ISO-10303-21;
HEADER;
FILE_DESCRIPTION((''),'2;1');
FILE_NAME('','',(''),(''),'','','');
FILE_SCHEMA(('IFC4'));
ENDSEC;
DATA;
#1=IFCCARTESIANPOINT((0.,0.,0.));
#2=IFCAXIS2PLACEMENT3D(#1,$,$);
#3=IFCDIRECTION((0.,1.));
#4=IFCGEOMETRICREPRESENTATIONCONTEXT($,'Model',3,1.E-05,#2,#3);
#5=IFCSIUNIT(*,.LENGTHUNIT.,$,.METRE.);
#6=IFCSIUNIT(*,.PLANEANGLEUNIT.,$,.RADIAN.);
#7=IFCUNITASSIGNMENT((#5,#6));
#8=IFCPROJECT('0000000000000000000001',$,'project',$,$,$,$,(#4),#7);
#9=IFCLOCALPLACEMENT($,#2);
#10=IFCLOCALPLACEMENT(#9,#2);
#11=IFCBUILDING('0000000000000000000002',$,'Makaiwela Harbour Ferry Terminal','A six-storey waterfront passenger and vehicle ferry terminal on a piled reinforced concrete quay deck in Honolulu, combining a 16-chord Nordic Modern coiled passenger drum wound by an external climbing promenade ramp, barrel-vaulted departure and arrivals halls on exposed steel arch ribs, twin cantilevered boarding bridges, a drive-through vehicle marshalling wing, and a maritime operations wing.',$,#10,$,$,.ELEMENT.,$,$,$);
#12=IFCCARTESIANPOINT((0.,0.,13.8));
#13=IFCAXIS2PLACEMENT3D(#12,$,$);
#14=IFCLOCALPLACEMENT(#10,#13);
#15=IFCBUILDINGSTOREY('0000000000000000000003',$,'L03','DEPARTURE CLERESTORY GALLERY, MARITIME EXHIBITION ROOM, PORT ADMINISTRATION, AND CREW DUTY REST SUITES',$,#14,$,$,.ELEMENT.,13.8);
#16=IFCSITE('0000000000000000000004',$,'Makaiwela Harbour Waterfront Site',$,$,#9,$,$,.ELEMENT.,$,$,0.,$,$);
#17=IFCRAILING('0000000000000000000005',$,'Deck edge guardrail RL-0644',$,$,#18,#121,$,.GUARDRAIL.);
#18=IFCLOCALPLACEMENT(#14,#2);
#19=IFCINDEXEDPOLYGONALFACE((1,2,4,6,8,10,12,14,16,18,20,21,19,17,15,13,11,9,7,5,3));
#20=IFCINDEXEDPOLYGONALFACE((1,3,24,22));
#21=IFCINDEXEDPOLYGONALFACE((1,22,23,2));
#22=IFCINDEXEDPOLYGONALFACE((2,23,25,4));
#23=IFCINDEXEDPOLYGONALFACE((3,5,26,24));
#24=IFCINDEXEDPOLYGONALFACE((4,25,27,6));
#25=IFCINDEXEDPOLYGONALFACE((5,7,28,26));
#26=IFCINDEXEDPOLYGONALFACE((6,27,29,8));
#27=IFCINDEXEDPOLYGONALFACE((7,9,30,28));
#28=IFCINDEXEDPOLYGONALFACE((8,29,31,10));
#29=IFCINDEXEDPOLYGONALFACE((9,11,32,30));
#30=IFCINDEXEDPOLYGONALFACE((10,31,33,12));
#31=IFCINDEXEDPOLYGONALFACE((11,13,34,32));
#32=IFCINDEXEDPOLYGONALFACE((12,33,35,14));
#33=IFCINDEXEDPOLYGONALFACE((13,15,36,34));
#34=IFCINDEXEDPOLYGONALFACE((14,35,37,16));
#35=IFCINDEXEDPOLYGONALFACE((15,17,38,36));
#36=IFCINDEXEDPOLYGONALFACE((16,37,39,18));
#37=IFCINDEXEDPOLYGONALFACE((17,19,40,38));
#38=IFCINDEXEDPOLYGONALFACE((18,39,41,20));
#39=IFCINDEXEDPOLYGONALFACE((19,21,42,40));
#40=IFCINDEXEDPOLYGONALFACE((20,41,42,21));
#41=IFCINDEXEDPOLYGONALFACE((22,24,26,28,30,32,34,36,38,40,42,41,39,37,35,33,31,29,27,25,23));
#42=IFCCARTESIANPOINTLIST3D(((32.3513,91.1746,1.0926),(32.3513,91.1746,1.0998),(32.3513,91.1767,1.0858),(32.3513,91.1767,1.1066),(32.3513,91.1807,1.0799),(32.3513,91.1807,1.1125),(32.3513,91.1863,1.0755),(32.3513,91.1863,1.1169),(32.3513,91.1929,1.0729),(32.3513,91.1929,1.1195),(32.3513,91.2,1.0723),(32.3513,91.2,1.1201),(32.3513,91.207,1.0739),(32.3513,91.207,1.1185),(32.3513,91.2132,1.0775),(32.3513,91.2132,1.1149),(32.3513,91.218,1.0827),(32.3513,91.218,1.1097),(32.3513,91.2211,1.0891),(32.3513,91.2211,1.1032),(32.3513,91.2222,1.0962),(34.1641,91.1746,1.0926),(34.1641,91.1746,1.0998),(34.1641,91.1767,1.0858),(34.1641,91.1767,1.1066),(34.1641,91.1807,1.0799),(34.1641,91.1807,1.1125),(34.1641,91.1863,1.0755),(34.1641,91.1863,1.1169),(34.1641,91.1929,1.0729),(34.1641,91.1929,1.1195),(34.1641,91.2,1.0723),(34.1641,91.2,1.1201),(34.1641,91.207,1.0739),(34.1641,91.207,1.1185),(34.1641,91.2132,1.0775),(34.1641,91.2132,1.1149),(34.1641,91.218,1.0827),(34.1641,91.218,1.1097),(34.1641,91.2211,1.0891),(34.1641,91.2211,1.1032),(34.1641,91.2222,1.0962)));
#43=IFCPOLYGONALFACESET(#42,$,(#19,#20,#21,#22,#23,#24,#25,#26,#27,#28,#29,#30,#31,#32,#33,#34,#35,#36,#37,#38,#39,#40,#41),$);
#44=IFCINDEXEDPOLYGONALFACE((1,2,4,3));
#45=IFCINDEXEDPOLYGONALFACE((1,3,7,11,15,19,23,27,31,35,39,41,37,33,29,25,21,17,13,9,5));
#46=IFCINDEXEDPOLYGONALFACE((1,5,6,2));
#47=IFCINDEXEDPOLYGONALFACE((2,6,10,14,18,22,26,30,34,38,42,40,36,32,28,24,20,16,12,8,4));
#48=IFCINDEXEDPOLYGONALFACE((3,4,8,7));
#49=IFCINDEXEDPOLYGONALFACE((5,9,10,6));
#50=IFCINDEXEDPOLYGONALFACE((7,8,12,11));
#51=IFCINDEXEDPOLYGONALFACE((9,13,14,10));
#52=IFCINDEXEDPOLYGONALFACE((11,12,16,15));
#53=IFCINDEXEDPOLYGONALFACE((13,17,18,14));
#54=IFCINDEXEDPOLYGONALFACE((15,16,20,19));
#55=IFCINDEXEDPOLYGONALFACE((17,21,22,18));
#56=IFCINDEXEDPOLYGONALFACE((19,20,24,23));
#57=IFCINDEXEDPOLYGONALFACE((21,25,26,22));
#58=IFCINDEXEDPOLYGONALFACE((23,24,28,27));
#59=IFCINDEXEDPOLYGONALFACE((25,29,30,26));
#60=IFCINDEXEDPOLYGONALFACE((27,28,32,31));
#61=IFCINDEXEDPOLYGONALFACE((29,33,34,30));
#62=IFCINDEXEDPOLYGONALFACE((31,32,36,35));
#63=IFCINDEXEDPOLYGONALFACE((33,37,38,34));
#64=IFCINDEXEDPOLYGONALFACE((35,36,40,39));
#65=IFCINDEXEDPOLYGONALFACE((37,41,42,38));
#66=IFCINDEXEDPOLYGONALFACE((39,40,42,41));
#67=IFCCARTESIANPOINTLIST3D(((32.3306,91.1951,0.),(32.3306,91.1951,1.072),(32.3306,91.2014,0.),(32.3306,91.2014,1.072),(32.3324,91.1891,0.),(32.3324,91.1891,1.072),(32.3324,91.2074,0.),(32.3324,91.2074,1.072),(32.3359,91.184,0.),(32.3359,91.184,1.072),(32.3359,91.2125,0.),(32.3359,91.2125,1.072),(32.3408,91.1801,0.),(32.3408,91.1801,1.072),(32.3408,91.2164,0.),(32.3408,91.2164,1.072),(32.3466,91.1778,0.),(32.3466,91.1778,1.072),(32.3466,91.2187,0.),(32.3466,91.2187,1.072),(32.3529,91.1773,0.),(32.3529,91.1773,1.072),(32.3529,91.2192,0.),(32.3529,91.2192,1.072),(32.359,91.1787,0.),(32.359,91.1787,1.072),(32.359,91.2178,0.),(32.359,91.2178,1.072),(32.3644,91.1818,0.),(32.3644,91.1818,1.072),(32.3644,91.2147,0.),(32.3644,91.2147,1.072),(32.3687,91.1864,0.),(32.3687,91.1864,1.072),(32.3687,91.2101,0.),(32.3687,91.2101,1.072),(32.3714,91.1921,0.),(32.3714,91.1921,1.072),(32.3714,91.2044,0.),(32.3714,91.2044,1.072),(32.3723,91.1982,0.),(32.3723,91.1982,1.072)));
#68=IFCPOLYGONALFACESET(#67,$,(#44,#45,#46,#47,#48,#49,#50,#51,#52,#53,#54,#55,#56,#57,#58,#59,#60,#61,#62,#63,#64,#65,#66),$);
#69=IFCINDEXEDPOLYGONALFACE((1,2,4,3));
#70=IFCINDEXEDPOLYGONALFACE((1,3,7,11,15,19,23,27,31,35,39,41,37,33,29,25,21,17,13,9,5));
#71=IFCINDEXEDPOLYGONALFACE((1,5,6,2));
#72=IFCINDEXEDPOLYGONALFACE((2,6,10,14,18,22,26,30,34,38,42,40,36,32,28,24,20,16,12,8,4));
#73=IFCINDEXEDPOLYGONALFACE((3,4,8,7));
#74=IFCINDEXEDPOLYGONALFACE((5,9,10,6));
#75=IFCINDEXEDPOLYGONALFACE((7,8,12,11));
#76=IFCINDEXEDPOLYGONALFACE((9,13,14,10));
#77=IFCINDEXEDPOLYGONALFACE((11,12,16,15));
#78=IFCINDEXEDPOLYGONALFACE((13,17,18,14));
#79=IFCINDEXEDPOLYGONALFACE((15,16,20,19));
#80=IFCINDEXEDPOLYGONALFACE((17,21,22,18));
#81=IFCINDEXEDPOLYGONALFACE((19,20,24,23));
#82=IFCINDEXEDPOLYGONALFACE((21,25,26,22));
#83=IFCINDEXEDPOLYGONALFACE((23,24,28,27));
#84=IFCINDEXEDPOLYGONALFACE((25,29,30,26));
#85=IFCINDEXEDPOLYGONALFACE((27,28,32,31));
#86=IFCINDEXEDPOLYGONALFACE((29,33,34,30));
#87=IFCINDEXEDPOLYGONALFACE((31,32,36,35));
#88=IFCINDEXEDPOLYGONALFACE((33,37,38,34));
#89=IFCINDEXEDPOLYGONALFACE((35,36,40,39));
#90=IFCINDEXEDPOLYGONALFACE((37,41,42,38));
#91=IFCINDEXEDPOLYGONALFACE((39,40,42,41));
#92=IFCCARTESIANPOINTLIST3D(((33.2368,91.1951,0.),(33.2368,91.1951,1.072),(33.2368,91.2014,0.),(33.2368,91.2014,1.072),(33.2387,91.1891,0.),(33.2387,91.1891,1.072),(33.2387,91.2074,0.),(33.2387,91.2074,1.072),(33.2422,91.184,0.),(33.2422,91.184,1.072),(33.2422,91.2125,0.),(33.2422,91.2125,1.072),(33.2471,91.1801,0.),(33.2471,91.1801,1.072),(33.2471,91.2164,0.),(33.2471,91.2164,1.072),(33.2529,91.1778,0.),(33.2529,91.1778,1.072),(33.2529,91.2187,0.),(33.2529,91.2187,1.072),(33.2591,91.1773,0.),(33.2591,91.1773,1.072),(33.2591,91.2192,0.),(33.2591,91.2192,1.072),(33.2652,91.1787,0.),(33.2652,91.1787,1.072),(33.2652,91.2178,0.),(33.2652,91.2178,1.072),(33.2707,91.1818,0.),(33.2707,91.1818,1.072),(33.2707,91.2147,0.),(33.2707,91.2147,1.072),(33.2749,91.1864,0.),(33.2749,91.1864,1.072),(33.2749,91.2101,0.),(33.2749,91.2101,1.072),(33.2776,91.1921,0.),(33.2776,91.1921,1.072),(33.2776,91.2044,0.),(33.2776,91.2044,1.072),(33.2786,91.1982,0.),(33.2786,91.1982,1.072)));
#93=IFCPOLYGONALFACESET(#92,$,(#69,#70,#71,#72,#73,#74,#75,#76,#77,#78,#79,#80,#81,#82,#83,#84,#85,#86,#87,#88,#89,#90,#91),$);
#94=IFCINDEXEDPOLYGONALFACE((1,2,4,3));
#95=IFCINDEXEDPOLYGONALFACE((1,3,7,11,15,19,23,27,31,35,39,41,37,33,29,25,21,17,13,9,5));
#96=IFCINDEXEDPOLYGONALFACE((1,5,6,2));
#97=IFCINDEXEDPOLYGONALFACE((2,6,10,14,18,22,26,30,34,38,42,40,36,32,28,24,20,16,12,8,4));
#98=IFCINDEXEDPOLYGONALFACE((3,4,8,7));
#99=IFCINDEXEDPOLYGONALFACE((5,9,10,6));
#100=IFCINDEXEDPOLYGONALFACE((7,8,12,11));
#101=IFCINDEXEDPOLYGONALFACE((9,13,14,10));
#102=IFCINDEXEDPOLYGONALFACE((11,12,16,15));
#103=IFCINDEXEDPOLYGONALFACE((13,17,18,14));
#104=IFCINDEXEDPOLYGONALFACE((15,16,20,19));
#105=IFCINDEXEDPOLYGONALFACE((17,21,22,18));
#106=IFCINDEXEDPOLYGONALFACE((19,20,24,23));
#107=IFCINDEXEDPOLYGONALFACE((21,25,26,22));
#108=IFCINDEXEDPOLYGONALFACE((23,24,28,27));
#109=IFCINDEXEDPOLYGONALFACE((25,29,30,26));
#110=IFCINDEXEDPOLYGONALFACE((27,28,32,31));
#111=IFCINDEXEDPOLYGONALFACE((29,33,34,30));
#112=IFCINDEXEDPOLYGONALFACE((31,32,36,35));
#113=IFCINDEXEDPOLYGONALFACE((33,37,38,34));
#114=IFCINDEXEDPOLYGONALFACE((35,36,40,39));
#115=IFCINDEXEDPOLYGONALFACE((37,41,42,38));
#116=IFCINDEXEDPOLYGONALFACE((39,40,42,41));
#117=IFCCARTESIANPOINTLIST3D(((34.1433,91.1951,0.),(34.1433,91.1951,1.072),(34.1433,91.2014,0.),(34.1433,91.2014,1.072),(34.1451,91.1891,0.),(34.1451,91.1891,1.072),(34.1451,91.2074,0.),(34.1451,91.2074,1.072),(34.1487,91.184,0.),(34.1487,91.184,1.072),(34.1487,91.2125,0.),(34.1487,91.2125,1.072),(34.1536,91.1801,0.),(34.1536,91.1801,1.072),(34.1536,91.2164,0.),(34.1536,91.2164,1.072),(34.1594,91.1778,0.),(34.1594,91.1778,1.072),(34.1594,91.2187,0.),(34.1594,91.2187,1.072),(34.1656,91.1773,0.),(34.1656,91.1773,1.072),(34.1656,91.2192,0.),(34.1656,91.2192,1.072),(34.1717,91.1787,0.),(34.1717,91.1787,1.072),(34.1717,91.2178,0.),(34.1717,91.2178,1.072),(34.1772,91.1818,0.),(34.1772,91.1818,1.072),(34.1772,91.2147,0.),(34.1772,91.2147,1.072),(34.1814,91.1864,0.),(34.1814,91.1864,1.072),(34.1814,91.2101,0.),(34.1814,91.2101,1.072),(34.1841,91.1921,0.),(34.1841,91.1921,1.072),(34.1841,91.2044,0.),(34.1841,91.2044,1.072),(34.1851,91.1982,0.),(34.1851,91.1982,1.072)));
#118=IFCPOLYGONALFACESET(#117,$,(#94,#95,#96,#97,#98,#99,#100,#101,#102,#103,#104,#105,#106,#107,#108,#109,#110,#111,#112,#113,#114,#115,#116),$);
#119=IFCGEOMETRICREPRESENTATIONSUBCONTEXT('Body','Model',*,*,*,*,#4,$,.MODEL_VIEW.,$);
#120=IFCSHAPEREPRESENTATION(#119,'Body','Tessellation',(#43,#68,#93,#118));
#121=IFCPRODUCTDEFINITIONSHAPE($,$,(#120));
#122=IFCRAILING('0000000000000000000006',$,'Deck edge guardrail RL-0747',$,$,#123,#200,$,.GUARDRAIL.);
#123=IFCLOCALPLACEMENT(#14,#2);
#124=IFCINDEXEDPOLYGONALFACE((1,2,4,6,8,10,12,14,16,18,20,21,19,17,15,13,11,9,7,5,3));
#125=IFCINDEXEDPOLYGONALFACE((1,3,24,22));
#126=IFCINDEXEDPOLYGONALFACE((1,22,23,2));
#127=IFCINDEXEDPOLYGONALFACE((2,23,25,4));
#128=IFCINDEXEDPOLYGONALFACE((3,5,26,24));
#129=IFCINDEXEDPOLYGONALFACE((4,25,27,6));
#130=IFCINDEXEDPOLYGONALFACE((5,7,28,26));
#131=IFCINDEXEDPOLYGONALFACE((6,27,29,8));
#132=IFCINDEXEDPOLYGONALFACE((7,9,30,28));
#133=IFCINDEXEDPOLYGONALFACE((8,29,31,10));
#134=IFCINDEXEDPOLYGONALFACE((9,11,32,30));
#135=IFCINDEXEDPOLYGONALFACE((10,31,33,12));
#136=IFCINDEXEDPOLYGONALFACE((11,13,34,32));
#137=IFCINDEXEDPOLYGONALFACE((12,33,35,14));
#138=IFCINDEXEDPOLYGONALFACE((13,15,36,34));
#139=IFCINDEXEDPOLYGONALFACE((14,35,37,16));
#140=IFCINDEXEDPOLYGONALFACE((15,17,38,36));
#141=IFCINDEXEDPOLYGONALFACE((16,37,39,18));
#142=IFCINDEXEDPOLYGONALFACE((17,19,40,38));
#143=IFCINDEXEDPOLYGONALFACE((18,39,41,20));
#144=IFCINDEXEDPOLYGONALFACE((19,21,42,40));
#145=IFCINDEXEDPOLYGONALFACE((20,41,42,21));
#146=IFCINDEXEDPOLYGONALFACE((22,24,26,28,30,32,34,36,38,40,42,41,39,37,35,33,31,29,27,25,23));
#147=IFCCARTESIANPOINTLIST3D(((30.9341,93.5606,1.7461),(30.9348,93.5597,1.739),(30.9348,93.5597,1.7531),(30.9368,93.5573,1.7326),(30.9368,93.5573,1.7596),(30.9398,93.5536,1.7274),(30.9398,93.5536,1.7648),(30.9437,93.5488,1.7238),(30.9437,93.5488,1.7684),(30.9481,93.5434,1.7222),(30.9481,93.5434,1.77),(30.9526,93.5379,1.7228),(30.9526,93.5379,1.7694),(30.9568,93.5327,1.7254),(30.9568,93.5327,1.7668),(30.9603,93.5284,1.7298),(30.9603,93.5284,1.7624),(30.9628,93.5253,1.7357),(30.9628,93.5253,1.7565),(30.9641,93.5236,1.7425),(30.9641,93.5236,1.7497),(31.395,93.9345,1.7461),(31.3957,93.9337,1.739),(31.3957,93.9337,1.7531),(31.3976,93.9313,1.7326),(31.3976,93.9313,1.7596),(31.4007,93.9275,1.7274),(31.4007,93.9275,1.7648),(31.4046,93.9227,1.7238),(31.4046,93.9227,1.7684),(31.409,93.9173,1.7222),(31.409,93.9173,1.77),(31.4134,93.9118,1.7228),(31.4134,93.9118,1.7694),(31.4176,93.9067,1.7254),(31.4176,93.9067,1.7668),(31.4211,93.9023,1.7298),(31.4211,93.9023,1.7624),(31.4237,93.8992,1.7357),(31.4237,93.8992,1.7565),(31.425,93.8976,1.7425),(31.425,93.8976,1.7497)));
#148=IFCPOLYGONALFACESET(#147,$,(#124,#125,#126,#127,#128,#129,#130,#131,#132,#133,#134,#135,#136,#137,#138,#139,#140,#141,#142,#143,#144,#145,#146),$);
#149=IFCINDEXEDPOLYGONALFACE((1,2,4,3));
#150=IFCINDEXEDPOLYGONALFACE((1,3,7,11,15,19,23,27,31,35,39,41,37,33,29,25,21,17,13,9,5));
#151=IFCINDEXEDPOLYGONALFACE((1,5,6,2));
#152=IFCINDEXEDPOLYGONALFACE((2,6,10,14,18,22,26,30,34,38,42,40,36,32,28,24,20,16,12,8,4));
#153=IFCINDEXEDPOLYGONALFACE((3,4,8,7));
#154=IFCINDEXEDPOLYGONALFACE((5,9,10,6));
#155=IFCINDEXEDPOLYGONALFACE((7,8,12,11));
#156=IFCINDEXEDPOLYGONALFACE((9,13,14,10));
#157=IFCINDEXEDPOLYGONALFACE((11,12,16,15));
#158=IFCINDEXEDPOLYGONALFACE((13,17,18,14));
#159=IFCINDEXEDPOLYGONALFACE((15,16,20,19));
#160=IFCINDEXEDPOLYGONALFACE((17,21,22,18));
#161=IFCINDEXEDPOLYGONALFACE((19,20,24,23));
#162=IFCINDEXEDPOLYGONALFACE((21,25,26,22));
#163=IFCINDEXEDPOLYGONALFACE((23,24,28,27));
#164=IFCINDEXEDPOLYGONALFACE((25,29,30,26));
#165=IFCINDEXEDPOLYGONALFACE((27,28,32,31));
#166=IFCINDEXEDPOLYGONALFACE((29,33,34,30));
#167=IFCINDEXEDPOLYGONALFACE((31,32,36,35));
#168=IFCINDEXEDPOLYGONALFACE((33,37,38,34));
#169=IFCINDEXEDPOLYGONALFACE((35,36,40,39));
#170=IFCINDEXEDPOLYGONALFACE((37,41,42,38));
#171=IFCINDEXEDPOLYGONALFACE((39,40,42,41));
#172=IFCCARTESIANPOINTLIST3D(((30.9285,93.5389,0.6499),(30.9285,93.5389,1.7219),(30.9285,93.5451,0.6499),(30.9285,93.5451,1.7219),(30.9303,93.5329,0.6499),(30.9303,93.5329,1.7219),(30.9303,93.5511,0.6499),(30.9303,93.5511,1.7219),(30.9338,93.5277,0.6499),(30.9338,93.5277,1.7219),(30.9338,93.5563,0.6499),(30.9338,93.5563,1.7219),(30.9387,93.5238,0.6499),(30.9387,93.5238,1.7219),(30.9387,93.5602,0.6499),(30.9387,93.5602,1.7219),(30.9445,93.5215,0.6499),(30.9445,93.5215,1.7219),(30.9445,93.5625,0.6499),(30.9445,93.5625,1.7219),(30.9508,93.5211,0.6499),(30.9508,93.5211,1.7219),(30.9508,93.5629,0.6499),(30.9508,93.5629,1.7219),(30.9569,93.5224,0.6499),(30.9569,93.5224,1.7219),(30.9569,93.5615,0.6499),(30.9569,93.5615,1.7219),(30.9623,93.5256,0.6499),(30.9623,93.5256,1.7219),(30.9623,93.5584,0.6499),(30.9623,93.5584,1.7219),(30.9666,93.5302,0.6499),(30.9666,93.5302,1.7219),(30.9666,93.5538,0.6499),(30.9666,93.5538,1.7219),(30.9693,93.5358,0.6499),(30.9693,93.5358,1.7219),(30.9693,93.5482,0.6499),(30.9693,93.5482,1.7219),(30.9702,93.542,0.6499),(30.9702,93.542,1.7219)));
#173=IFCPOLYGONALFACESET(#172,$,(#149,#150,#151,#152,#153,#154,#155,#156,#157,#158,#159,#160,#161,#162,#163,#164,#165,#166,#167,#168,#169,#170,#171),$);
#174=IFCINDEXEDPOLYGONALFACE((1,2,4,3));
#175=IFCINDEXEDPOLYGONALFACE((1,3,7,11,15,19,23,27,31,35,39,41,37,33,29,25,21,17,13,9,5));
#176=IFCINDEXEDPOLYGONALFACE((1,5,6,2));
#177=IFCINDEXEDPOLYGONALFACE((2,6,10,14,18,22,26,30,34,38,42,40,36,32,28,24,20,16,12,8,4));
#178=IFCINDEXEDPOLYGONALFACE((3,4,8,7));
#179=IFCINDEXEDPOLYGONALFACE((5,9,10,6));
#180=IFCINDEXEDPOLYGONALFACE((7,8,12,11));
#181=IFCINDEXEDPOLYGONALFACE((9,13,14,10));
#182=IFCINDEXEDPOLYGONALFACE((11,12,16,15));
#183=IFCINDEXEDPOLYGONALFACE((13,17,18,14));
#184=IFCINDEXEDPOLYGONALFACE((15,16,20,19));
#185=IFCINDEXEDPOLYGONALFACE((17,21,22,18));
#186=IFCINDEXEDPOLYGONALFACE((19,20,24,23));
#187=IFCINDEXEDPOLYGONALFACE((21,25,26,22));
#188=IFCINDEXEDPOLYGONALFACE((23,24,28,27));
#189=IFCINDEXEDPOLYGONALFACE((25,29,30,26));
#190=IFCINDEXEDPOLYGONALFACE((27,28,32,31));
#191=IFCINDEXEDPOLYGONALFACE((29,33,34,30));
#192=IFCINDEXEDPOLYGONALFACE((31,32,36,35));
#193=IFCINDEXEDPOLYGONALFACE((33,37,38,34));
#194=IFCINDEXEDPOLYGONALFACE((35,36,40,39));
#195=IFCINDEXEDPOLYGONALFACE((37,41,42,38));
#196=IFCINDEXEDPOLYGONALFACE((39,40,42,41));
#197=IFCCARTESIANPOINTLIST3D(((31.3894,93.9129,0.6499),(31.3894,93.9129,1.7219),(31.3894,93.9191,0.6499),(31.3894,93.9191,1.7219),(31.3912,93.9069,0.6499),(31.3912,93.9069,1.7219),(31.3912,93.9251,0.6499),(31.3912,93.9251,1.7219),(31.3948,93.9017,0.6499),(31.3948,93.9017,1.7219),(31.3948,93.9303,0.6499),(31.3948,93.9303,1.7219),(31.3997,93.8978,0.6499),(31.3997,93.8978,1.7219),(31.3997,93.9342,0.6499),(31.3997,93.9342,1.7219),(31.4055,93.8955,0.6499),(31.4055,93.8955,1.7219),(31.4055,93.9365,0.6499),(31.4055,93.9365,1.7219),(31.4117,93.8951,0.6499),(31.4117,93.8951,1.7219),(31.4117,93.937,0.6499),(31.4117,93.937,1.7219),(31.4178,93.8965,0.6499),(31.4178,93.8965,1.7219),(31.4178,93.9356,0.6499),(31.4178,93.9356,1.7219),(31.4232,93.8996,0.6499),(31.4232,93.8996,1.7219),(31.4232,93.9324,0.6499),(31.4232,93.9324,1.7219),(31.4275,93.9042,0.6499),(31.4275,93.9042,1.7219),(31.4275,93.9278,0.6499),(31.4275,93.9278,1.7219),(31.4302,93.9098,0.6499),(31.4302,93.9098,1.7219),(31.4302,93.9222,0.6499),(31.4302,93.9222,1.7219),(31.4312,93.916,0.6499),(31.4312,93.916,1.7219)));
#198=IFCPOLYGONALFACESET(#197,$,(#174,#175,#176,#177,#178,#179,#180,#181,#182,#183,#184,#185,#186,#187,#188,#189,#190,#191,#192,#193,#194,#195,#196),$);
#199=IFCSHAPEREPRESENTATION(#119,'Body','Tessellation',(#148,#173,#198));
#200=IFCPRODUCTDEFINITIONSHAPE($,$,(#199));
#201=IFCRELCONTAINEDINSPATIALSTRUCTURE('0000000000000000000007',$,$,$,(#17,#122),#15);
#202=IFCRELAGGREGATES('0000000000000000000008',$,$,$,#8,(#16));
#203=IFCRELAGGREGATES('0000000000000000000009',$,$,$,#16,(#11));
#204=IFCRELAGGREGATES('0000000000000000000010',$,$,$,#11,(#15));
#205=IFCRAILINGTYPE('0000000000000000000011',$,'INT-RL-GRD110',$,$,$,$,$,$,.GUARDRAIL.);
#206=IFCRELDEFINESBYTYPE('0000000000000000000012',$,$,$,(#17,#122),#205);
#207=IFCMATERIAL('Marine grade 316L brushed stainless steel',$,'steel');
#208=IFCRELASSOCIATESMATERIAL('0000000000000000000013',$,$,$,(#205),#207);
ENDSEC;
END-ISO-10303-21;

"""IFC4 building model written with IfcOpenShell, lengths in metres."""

from ifc_helpers import new_model, si_unit, direction, frame, origin, origin_2d, place, context, subcontext, project, spatial, circle, extrude, material, type_object, element, save


model = new_model("IFC4")

# Units and contexts
model_context = context("Model", 3, precision=1e-05, world=origin(), true_north=direction((0.0, 1.0)))
body_context = subcontext(model_context, "Body", "Model", "MODEL_VIEW")
ifc_project = project(units=[si_unit("LENGTHUNIT", "METRE"), si_unit("PLANEANGLEUNIT", "RADIAN")], contexts=[model_context])

# Site, building, storey
site_placement = place(None, origin())
site = spatial("IfcSite", under=ifc_project, at=site_placement, Name="Makaiwela Harbour Waterfront Site", CompositionType="ELEMENT", RefElevation=0.0)
building_placement = place(site_placement, origin())
building = spatial("IfcBuilding", under=site, at=building_placement, Name="Makaiwela Harbour Ferry Terminal", Description="A six-storey waterfront passenger and vehicle ferry terminal on a piled reinforced concrete quay deck in Honolulu, combining a 16-chord Nordic Modern coiled passenger drum wound by an external climbing promenade ramp, barrel-vaulted departure and arrivals halls on exposed steel arch ribs, twin cantilevered boarding bridges, a drive-through vehicle marshalling wing, and a maritime operations wing.", CompositionType="ELEMENT")
storey_placement = place(building_placement, frame((0.0, 0.0, 13.8)))
storey = spatial("IfcBuildingStorey", under=building, at=storey_placement, Name="L03", Description="DEPARTURE CLERESTORY GALLERY, MARITIME EXHIBITION ROOM, PORT ADMINISTRATION, AND CREW DUTY REST SUITES", CompositionType="ELEMENT", Elevation=13.8)

# Railings
ifc_material_1 = material(Name="Marine grade 316L brushed stainless steel", Category="steel")
railing_type_1 = type_object("IfcRailingType", Name="INT-RL-GRD110", PredefinedType="GUARDRAIL", material=ifc_material_1)
railing_1_placement = place(storey_placement, frame((32.3513, 91.1982, 0.0)))
element("IfcRailing", 1, at=railing_1_placement, inside=storey, type_object=railing_type_1, Name="Deck edge guardrail RL-0644", PredefinedType="GUARDRAIL", context=body_context, shape_type="SweptSolid", body=[
    extrude(circle(Radius=0.0239, at=origin_2d()), frame((0.0, 0.0, 1.0962), z_axis=(1.0, 0.0, 0.0), x_axis=(0.0, 1.0, 0.0)), (0.0, 0.0, 1.0), 1.8127),
    extrude(circle(Radius=0.021, at=origin_2d()), origin(), (0.0, 0.0, 1.0), 1.072),
    extrude(circle(Radius=0.021, at=origin_2d()), frame((0.9062, 0.0, 0.0)), (0.0, 0.0, 1.0), 1.072),
    extrude(circle(Radius=0.021, at=origin_2d()), frame((1.8127, 0.0, 0.0)), (0.0, 0.0, 1.0), 1.072),
])
railing_2_placement = place(storey_placement, frame((30.9492, 93.542, 0.6499)))
element("IfcRailing", 2, at=railing_2_placement, inside=storey, type_object=railing_type_1, Name="Deck edge guardrail RL-0747", PredefinedType="GUARDRAIL", context=body_context, shape_type="SweptSolid", body=[
    extrude(circle(Radius=0.0239, at=origin_2d()), frame((0.0, 0.0, 1.0962), z_axis=(0.776516, 0.630097, 0.0), x_axis=(-0.630097, 0.776516, 0.0)), (0.0, 0.0, 1.0), 0.5935),
    extrude(circle(Radius=0.021, at=origin_2d()), origin(), (0.0, 0.0, 1.0), 1.072),
    extrude(circle(Radius=0.021, at=origin_2d()), frame((0.4609, 0.374, 0.0)), (0.0, 0.0, 1.0), 1.072),
])

save(model, "model.ifc")
